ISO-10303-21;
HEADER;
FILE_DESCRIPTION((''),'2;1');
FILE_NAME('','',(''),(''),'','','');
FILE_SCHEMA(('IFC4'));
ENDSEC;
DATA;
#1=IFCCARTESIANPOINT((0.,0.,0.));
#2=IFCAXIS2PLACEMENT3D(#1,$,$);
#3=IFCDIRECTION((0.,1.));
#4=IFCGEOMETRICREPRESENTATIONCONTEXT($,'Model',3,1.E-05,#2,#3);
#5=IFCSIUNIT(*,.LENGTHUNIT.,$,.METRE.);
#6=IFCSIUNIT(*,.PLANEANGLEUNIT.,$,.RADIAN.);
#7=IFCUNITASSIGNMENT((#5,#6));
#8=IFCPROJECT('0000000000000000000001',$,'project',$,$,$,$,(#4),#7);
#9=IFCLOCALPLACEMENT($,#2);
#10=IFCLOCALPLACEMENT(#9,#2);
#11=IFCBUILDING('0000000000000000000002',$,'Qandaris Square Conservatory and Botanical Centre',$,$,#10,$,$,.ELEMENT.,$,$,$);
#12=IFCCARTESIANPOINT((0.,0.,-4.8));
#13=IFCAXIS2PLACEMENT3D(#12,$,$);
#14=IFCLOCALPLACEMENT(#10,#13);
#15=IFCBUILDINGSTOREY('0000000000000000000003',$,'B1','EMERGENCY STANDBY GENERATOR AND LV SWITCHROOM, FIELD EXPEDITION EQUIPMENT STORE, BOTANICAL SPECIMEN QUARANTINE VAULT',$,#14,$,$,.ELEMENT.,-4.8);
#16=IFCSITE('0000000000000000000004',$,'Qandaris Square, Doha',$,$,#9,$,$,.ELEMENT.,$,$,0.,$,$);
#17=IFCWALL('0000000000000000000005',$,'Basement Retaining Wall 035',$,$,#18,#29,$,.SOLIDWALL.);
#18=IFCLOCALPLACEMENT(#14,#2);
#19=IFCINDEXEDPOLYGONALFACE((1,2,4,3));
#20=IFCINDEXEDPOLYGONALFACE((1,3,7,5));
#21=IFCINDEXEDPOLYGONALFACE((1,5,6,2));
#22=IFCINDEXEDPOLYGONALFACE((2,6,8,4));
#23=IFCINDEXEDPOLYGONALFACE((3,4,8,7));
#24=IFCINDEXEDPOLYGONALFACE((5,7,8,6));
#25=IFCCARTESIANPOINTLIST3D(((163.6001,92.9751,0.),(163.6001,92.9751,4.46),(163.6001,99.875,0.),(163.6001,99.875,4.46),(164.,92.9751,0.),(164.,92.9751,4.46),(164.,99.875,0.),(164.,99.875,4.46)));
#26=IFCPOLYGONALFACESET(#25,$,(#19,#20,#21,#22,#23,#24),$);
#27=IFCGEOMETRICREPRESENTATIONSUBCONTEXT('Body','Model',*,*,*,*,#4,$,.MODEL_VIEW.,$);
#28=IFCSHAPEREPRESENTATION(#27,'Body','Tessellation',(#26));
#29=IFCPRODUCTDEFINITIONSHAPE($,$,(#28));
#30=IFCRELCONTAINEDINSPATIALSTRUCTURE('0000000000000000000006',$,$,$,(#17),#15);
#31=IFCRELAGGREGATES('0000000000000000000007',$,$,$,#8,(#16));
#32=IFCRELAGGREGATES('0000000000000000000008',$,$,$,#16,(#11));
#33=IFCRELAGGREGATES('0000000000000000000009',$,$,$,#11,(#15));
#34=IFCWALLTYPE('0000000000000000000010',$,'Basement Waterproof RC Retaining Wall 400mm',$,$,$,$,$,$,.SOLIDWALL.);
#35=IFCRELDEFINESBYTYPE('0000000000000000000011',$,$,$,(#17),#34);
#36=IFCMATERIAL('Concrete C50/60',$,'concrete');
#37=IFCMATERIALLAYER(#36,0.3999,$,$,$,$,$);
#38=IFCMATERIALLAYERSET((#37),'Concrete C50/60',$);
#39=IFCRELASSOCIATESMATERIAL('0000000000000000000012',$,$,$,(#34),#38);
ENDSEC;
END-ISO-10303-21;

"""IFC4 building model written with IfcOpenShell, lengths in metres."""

from ifc_helpers import new_model, si_unit, direction, frame, frame_2d, origin, place, context, subcontext, project, spatial, rectangle, extrude, material, layer, layer_set, type_object, element, save


model = new_model("IFC4")

# Units and contexts
model_context = context("Model", 3, precision=1e-05, world=origin(), true_north=direction((0.0, 1.0)))
body_context = subcontext(model_context, "Body", "Model", "MODEL_VIEW")
ifc_project = project(units=[si_unit("LENGTHUNIT", "METRE"), si_unit("PLANEANGLEUNIT", "RADIAN")], contexts=[model_context])

# Site, building, storey
site_placement = place(None, origin())
site = spatial("IfcSite", under=ifc_project, at=site_placement, Name="Qandaris Square, Doha", CompositionType="ELEMENT", RefElevation=0.0)
building_placement = place(site_placement, origin())
building = spatial("IfcBuilding", under=site, at=building_placement, Name="Qandaris Square Conservatory and Botanical Centre", CompositionType="ELEMENT")
storey_placement = place(building_placement, frame((0.0, 0.0, -4.8)))
storey = spatial("IfcBuildingStorey", under=building, at=storey_placement, Name="B1", Description="EMERGENCY STANDBY GENERATOR AND LV SWITCHROOM, FIELD EXPEDITION EQUIPMENT STORE, BOTANICAL SPECIMEN QUARANTINE VAULT", CompositionType="ELEMENT", Elevation=-4.8)

# Shared definitions
ifc_material_1 = material(Name="Concrete C50/60", Category="concrete")

# Wall
ifc_layer = layer(ifc_material_1, 0.3999)
ifc_layer_set = layer_set([ifc_layer], Name="Concrete C50/60")
wall_type = type_object("IfcWallType", Name="Basement Waterproof RC Retaining Wall 400mm", PredefinedType="SOLIDWALL", material=ifc_layer_set)
wall_1_placement = place(storey_placement, frame((163.8, 92.9751, 0.0), z_axis=(0.0, 0.0, 1.0), x_axis=(0.0, 1.0, 0.0)))
element("IfcWall", 1, at=wall_1_placement, inside=storey, type_object=wall_type, Name="Basement Retaining Wall 035", PredefinedType="SOLIDWALL", context=body_context, shape_type="SweptSolid", body=[
    extrude(rectangle(XDim=6.8999, YDim=0.3999, at=frame_2d((3.45, 0.0))), origin(), (0.0, 0.0, 1.0), 4.46),
])

save(model, "model.ifc")
